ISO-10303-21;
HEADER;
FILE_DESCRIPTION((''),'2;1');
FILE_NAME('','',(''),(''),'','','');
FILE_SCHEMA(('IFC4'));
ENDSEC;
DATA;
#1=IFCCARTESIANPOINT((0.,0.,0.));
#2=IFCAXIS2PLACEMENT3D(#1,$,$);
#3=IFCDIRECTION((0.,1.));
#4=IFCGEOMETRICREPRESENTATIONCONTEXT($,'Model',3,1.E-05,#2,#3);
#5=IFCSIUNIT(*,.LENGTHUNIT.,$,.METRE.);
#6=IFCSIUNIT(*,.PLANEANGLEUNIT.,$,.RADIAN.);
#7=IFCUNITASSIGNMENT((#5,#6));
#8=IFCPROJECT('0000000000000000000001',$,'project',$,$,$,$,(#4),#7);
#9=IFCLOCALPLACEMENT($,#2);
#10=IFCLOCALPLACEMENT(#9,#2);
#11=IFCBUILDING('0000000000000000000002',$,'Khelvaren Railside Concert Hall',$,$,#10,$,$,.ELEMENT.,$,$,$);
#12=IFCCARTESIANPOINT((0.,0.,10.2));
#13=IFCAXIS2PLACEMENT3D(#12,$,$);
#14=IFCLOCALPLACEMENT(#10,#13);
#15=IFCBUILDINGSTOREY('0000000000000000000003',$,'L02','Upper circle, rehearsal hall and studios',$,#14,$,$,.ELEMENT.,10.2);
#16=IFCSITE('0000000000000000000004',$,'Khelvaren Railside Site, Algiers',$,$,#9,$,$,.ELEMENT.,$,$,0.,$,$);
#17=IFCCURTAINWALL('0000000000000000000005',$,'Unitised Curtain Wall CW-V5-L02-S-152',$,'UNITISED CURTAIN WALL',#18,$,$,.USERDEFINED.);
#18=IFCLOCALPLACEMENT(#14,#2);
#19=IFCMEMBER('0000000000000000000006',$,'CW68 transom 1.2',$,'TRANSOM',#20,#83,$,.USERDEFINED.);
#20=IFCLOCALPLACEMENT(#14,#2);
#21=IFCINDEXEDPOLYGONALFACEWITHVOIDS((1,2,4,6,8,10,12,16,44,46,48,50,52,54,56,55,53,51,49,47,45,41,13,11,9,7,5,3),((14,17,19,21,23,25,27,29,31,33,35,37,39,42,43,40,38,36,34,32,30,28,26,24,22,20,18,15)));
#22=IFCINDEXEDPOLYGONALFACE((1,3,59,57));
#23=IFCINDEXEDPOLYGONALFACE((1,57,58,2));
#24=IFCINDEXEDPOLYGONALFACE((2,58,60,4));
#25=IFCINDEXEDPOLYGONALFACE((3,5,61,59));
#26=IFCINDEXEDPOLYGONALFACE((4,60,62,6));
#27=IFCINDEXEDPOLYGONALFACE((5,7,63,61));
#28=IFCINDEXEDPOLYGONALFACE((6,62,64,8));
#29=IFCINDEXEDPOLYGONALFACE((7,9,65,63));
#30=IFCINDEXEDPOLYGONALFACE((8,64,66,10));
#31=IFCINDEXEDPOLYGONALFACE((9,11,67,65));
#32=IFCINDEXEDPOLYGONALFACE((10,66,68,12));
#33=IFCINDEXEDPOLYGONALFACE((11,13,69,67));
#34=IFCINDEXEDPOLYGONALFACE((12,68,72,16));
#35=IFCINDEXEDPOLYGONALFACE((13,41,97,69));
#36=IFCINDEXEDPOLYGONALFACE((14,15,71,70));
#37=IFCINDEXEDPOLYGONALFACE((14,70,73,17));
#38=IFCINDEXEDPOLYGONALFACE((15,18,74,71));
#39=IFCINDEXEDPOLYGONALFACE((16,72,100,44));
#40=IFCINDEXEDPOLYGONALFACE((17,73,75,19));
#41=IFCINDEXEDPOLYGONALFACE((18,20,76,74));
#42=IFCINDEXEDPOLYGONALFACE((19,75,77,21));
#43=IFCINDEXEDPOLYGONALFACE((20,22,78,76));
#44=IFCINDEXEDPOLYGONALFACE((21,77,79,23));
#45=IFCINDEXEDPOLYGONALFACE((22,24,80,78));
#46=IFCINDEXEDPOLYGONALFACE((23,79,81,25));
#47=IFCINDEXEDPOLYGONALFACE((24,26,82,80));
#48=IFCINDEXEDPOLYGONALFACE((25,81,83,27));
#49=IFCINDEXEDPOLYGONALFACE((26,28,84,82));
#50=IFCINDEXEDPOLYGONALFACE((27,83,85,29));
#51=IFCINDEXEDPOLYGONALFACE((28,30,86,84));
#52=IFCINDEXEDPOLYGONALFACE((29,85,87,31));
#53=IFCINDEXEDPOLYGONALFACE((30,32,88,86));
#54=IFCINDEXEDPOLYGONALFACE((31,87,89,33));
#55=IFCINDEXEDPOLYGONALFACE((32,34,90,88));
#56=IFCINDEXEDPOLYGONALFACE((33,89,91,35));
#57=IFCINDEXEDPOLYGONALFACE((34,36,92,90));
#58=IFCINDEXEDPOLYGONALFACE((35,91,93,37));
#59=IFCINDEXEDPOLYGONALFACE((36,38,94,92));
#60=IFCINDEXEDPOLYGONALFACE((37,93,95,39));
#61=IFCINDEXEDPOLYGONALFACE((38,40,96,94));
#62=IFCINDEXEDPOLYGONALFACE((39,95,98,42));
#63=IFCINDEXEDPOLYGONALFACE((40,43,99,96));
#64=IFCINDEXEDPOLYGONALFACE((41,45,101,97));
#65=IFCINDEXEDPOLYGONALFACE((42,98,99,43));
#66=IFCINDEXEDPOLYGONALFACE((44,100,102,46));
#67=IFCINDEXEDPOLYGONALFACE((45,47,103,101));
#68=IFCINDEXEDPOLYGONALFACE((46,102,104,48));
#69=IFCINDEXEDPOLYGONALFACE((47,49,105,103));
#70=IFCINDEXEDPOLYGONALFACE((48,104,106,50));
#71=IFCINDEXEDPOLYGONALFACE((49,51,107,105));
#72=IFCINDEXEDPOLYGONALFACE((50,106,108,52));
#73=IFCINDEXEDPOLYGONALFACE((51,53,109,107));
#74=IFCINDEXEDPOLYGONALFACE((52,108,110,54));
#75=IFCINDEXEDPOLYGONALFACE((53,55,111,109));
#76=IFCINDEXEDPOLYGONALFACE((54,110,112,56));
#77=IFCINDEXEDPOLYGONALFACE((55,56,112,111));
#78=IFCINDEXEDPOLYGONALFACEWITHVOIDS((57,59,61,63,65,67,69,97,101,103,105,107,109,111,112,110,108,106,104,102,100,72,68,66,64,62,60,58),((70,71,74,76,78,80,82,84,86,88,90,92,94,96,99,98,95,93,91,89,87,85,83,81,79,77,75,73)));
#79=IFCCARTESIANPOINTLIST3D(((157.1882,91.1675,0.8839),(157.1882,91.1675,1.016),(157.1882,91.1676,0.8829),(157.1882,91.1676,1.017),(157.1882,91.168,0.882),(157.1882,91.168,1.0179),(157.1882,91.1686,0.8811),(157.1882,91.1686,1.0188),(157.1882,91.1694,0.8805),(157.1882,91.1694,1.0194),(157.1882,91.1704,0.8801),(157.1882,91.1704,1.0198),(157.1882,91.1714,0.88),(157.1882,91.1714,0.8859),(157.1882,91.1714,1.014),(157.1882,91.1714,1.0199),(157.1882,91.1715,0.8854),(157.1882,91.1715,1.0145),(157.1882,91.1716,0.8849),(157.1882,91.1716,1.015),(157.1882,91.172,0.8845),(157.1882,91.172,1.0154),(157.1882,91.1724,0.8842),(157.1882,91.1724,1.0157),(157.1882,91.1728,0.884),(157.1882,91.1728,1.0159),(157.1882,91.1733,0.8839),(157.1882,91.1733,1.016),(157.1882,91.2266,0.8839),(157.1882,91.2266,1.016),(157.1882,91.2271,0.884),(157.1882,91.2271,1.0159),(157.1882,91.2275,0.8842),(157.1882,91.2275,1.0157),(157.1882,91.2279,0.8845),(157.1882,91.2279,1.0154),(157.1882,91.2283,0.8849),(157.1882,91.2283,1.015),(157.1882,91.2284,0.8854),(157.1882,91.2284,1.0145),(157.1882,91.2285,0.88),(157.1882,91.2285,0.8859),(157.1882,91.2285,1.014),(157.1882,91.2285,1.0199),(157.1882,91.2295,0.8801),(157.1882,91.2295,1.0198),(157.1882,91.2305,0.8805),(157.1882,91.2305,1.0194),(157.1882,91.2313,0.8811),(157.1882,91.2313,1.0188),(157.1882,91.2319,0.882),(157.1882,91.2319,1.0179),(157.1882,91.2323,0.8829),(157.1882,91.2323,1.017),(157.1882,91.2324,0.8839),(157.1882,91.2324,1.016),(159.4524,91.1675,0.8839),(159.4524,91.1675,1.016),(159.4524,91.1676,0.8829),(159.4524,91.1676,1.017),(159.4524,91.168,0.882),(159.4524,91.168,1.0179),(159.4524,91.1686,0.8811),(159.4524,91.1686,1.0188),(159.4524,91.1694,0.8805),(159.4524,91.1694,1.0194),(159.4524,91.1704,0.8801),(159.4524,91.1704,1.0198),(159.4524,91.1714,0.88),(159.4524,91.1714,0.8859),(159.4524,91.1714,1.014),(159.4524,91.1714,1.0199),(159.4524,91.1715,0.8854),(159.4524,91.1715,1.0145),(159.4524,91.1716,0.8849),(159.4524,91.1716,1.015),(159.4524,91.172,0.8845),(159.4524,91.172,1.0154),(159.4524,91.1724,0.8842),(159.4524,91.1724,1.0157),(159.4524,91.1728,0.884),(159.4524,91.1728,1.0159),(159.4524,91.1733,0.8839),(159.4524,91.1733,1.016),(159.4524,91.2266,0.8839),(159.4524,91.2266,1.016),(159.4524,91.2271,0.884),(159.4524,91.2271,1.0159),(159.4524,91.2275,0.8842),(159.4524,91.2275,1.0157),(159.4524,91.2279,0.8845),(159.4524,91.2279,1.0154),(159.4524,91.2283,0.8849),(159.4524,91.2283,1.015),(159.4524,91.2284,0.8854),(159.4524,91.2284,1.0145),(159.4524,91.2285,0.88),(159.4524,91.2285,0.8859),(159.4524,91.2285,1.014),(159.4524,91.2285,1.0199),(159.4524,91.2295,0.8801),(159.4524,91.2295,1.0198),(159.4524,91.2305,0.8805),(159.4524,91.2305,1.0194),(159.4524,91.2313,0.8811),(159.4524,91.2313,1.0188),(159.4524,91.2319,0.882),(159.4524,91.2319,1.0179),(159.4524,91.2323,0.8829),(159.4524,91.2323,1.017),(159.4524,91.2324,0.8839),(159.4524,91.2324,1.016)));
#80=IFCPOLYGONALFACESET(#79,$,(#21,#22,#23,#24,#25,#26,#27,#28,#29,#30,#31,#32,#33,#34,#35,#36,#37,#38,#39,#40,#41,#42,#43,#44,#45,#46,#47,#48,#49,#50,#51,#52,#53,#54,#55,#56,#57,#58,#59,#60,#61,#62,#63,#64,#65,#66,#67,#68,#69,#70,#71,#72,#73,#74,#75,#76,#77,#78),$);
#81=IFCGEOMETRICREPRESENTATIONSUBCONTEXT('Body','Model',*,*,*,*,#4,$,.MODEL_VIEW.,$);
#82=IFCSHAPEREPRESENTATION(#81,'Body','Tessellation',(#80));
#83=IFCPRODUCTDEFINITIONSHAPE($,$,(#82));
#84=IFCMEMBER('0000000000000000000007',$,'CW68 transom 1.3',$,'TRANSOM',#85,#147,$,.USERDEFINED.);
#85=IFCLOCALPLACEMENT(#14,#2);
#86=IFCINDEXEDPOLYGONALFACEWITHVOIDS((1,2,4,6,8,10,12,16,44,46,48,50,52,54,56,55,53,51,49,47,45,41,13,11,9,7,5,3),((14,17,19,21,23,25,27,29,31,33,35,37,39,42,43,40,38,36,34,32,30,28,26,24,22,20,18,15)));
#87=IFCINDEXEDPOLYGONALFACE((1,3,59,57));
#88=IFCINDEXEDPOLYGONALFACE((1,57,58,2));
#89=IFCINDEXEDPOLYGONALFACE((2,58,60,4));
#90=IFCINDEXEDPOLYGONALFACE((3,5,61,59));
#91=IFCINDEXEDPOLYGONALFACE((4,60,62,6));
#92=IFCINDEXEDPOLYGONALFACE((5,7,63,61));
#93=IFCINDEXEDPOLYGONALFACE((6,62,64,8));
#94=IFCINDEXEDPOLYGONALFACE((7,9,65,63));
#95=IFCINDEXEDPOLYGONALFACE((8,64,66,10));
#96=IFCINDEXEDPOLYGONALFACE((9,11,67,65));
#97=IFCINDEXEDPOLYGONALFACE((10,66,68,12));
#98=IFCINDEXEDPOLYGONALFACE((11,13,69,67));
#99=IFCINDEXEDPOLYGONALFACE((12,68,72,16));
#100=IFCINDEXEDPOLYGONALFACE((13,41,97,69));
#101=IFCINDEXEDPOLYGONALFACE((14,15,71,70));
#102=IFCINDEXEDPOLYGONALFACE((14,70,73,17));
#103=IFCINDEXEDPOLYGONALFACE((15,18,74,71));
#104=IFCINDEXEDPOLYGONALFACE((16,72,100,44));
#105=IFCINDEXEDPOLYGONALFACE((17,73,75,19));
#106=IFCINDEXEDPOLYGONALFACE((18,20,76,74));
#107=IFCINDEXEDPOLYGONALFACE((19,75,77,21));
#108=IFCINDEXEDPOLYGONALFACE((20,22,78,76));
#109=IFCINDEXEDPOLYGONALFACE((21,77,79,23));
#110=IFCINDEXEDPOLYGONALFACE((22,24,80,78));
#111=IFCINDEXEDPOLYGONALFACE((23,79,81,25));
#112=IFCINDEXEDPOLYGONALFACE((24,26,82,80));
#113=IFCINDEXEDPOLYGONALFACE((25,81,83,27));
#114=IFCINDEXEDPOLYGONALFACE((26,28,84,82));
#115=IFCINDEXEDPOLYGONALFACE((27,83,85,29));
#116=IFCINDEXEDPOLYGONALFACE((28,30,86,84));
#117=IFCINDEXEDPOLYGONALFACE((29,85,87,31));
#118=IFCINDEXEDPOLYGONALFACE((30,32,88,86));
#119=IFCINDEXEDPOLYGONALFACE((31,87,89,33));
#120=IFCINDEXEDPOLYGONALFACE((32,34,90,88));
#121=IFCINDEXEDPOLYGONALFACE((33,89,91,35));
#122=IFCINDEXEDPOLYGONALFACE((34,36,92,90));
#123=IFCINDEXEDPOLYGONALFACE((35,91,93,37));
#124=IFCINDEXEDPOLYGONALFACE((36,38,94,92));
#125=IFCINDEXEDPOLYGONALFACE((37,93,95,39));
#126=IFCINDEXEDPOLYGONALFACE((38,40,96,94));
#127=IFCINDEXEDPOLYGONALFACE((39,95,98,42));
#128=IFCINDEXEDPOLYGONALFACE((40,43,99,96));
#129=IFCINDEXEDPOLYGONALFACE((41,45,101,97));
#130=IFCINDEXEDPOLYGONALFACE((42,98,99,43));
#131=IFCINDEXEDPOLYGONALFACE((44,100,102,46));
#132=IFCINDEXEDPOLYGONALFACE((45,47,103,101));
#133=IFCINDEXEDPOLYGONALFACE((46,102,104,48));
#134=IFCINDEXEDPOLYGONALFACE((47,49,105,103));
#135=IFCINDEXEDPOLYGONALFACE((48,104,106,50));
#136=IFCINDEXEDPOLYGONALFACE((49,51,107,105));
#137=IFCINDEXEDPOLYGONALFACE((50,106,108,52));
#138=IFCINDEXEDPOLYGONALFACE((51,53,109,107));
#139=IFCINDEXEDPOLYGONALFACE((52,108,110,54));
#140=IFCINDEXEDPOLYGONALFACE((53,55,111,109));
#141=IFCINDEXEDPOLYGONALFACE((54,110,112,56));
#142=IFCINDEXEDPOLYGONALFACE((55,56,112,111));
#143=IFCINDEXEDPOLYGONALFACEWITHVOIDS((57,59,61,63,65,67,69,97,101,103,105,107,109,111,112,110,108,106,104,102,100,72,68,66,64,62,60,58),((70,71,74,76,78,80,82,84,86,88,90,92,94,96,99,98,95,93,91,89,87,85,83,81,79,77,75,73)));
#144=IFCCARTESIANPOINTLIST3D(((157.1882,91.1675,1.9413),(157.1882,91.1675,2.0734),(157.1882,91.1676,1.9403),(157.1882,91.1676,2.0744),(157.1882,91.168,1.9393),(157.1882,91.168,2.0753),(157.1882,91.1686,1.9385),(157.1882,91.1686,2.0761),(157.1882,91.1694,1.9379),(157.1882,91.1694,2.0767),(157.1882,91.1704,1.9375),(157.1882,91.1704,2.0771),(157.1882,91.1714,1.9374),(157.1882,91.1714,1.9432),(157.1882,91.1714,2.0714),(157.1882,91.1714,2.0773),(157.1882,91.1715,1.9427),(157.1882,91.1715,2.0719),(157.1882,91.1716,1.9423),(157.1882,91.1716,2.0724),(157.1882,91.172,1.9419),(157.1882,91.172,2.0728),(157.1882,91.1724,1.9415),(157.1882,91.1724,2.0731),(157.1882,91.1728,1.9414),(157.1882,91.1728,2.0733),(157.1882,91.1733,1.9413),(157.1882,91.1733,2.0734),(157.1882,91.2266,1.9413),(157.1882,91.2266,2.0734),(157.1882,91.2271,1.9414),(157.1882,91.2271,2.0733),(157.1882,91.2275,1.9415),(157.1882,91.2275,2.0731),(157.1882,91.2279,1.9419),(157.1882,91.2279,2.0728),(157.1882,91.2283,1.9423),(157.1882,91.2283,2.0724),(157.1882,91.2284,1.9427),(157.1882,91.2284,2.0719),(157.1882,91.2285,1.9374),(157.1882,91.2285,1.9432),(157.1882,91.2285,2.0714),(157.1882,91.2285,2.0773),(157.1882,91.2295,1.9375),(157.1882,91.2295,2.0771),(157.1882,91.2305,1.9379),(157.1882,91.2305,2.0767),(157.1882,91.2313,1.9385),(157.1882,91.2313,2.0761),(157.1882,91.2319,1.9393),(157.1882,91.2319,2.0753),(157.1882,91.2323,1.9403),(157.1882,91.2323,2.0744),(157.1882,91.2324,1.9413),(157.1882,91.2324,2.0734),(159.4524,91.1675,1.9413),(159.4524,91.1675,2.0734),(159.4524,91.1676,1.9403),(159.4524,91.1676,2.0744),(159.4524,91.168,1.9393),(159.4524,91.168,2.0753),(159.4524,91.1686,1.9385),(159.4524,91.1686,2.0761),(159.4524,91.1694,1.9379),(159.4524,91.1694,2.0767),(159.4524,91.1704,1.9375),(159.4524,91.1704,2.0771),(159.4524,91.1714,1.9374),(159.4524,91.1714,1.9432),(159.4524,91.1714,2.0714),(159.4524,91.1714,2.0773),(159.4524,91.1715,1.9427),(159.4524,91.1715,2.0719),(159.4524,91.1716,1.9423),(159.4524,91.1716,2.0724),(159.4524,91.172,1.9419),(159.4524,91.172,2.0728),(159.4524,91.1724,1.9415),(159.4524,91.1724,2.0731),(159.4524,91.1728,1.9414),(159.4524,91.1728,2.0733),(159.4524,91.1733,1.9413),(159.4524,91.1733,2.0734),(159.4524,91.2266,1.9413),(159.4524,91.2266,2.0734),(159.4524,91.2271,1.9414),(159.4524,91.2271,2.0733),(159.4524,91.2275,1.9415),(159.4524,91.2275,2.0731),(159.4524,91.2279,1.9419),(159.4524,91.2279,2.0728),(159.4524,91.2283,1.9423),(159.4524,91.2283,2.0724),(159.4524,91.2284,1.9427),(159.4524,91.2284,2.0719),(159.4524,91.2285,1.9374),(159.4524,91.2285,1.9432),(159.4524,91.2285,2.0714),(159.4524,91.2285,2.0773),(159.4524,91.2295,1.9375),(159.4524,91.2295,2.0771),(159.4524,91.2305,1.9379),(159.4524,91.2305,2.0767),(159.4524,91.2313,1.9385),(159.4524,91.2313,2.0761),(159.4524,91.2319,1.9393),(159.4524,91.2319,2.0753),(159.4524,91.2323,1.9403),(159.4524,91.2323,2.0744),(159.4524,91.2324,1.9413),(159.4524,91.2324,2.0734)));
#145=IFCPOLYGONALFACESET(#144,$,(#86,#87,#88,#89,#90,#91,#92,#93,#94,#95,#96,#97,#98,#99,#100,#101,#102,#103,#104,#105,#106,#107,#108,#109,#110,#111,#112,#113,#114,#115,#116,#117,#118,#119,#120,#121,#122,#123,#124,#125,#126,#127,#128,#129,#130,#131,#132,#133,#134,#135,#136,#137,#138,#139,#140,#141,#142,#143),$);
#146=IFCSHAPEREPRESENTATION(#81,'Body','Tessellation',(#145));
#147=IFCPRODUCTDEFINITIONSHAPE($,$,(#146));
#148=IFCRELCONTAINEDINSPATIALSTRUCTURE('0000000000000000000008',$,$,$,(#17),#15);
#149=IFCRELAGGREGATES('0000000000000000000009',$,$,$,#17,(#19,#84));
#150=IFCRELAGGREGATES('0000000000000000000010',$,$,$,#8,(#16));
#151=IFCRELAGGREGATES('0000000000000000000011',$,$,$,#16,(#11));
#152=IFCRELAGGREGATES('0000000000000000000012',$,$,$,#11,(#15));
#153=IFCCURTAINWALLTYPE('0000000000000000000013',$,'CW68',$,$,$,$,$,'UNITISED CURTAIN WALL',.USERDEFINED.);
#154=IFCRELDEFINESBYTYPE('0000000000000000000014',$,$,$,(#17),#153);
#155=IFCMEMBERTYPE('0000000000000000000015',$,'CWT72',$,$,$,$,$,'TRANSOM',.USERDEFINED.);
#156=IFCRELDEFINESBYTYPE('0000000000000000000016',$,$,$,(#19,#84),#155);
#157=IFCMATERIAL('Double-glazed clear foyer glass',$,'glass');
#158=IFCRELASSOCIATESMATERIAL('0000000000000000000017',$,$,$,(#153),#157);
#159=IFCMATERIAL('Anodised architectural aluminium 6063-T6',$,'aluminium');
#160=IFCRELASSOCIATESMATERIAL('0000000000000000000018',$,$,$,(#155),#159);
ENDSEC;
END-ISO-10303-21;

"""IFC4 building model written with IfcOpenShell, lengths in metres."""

from ifc_helpers import new_model, si_unit, direction, frame, origin, origin_2d, place, context, subcontext, project, spatial, hollow_rectangle, extrude, material, material_profile, profile_set, type_object, element, aggregate, save


model = new_model("IFC4")

# Units and contexts
model_context = context("Model", 3, precision=1e-05, world=origin(), true_north=direction((0.0, 1.0)))
body_context = subcontext(model_context, "Body", "Model", "MODEL_VIEW")
ifc_project = project(units=[si_unit("LENGTHUNIT", "METRE"), si_unit("PLANEANGLEUNIT", "RADIAN")], contexts=[model_context])

# Site, building, storey
site_placement = place(None, origin())
site = spatial("IfcSite", under=ifc_project, at=site_placement, Name="Khelvaren Railside Site, Algiers", CompositionType="ELEMENT", RefElevation=0.0)
building_placement = place(site_placement, origin())
building = spatial("IfcBuilding", under=site, at=building_placement, Name="Khelvaren Railside Concert Hall", CompositionType="ELEMENT")
storey_placement = place(building_placement, frame((0.0, 0.0, 10.2)))
storey = spatial("IfcBuildingStorey", under=building, at=storey_placement, Name="L02", Description="Upper circle, rehearsal hall and studios", CompositionType="ELEMENT", Elevation=10.2)

# Curtain wall, members
ifc_material_1 = material(Name="Double-glazed clear foyer glass", Category="glass")
curtain_wall_type = type_object("IfcCurtainWallType", Name="CW68", ElementType="UNITISED CURTAIN WALL", PredefinedType="USERDEFINED", material=ifc_material_1)
curtain_wall_placement = place(storey_placement, origin())
curtain_wall = element("IfcCurtainWall", 1, at=curtain_wall_placement, inside=storey, type_object=curtain_wall_type, Name="Unitised Curtain Wall CW-V5-L02-S-152", ObjectType="UNITISED CURTAIN WALL", PredefinedType="USERDEFINED")
ifc_material_2 = material(Name="Anodised architectural aluminium 6063-T6", Category="aluminium")
ifc_material_profile_1 = material_profile(ifc_material_2, hollow_rectangle(XDim=0.0649, YDim=0.1399, WallThickness=0.0039, InnerFilletRadius=0.002, OuterFilletRadius=0.0039, at=origin_2d()), Name="CWT 65x140x4")
ifc_profile_set_1 = profile_set([ifc_material_profile_1], Name="Anodised architectural aluminium 6063-T6")
member_type_1 = type_object("IfcMemberType", Name="CWT72", ElementType="TRANSOM", PredefinedType="USERDEFINED", material=ifc_profile_set_1)
member_1_placement = place(storey_placement, frame((159.4524, 91.2, 0.95), z_axis=(-1.0, 0.0, 0.0), x_axis=(0.0, -1.0, 0.0)))
member_1 = element("IfcMember", 2, at=member_1_placement, type_object=member_type_1, Name="CW68 transom 1.2", ObjectType="TRANSOM", PredefinedType="USERDEFINED", context=body_context, shape_type="SweptSolid", body=[
    extrude(hollow_rectangle(XDim=0.0649, YDim=0.1399, WallThickness=0.0039, InnerFilletRadius=0.002, OuterFilletRadius=0.0039, at=origin_2d()), origin(), (0.0, 0.0, 1.0), 2.2642),
])
member_2_placement = place(storey_placement, frame((159.4524, 91.2, 2.0073), z_axis=(-1.0, 0.0, 0.0), x_axis=(0.0, -1.0, 0.0)))
member_2 = element("IfcMember", 3, at=member_2_placement, type_object=member_type_1, Name="CW68 transom 1.3", ObjectType="TRANSOM", PredefinedType="USERDEFINED", context=body_context, shape_type="SweptSolid", body=[
    extrude(hollow_rectangle(XDim=0.0649, YDim=0.1399, WallThickness=0.0039, InnerFilletRadius=0.002, OuterFilletRadius=0.0039, at=origin_2d()), origin(), (0.0, 0.0, 1.0), 2.2642),
])

aggregate(curtain_wall, [member_1, member_2])

save(model, "model.ifc")
